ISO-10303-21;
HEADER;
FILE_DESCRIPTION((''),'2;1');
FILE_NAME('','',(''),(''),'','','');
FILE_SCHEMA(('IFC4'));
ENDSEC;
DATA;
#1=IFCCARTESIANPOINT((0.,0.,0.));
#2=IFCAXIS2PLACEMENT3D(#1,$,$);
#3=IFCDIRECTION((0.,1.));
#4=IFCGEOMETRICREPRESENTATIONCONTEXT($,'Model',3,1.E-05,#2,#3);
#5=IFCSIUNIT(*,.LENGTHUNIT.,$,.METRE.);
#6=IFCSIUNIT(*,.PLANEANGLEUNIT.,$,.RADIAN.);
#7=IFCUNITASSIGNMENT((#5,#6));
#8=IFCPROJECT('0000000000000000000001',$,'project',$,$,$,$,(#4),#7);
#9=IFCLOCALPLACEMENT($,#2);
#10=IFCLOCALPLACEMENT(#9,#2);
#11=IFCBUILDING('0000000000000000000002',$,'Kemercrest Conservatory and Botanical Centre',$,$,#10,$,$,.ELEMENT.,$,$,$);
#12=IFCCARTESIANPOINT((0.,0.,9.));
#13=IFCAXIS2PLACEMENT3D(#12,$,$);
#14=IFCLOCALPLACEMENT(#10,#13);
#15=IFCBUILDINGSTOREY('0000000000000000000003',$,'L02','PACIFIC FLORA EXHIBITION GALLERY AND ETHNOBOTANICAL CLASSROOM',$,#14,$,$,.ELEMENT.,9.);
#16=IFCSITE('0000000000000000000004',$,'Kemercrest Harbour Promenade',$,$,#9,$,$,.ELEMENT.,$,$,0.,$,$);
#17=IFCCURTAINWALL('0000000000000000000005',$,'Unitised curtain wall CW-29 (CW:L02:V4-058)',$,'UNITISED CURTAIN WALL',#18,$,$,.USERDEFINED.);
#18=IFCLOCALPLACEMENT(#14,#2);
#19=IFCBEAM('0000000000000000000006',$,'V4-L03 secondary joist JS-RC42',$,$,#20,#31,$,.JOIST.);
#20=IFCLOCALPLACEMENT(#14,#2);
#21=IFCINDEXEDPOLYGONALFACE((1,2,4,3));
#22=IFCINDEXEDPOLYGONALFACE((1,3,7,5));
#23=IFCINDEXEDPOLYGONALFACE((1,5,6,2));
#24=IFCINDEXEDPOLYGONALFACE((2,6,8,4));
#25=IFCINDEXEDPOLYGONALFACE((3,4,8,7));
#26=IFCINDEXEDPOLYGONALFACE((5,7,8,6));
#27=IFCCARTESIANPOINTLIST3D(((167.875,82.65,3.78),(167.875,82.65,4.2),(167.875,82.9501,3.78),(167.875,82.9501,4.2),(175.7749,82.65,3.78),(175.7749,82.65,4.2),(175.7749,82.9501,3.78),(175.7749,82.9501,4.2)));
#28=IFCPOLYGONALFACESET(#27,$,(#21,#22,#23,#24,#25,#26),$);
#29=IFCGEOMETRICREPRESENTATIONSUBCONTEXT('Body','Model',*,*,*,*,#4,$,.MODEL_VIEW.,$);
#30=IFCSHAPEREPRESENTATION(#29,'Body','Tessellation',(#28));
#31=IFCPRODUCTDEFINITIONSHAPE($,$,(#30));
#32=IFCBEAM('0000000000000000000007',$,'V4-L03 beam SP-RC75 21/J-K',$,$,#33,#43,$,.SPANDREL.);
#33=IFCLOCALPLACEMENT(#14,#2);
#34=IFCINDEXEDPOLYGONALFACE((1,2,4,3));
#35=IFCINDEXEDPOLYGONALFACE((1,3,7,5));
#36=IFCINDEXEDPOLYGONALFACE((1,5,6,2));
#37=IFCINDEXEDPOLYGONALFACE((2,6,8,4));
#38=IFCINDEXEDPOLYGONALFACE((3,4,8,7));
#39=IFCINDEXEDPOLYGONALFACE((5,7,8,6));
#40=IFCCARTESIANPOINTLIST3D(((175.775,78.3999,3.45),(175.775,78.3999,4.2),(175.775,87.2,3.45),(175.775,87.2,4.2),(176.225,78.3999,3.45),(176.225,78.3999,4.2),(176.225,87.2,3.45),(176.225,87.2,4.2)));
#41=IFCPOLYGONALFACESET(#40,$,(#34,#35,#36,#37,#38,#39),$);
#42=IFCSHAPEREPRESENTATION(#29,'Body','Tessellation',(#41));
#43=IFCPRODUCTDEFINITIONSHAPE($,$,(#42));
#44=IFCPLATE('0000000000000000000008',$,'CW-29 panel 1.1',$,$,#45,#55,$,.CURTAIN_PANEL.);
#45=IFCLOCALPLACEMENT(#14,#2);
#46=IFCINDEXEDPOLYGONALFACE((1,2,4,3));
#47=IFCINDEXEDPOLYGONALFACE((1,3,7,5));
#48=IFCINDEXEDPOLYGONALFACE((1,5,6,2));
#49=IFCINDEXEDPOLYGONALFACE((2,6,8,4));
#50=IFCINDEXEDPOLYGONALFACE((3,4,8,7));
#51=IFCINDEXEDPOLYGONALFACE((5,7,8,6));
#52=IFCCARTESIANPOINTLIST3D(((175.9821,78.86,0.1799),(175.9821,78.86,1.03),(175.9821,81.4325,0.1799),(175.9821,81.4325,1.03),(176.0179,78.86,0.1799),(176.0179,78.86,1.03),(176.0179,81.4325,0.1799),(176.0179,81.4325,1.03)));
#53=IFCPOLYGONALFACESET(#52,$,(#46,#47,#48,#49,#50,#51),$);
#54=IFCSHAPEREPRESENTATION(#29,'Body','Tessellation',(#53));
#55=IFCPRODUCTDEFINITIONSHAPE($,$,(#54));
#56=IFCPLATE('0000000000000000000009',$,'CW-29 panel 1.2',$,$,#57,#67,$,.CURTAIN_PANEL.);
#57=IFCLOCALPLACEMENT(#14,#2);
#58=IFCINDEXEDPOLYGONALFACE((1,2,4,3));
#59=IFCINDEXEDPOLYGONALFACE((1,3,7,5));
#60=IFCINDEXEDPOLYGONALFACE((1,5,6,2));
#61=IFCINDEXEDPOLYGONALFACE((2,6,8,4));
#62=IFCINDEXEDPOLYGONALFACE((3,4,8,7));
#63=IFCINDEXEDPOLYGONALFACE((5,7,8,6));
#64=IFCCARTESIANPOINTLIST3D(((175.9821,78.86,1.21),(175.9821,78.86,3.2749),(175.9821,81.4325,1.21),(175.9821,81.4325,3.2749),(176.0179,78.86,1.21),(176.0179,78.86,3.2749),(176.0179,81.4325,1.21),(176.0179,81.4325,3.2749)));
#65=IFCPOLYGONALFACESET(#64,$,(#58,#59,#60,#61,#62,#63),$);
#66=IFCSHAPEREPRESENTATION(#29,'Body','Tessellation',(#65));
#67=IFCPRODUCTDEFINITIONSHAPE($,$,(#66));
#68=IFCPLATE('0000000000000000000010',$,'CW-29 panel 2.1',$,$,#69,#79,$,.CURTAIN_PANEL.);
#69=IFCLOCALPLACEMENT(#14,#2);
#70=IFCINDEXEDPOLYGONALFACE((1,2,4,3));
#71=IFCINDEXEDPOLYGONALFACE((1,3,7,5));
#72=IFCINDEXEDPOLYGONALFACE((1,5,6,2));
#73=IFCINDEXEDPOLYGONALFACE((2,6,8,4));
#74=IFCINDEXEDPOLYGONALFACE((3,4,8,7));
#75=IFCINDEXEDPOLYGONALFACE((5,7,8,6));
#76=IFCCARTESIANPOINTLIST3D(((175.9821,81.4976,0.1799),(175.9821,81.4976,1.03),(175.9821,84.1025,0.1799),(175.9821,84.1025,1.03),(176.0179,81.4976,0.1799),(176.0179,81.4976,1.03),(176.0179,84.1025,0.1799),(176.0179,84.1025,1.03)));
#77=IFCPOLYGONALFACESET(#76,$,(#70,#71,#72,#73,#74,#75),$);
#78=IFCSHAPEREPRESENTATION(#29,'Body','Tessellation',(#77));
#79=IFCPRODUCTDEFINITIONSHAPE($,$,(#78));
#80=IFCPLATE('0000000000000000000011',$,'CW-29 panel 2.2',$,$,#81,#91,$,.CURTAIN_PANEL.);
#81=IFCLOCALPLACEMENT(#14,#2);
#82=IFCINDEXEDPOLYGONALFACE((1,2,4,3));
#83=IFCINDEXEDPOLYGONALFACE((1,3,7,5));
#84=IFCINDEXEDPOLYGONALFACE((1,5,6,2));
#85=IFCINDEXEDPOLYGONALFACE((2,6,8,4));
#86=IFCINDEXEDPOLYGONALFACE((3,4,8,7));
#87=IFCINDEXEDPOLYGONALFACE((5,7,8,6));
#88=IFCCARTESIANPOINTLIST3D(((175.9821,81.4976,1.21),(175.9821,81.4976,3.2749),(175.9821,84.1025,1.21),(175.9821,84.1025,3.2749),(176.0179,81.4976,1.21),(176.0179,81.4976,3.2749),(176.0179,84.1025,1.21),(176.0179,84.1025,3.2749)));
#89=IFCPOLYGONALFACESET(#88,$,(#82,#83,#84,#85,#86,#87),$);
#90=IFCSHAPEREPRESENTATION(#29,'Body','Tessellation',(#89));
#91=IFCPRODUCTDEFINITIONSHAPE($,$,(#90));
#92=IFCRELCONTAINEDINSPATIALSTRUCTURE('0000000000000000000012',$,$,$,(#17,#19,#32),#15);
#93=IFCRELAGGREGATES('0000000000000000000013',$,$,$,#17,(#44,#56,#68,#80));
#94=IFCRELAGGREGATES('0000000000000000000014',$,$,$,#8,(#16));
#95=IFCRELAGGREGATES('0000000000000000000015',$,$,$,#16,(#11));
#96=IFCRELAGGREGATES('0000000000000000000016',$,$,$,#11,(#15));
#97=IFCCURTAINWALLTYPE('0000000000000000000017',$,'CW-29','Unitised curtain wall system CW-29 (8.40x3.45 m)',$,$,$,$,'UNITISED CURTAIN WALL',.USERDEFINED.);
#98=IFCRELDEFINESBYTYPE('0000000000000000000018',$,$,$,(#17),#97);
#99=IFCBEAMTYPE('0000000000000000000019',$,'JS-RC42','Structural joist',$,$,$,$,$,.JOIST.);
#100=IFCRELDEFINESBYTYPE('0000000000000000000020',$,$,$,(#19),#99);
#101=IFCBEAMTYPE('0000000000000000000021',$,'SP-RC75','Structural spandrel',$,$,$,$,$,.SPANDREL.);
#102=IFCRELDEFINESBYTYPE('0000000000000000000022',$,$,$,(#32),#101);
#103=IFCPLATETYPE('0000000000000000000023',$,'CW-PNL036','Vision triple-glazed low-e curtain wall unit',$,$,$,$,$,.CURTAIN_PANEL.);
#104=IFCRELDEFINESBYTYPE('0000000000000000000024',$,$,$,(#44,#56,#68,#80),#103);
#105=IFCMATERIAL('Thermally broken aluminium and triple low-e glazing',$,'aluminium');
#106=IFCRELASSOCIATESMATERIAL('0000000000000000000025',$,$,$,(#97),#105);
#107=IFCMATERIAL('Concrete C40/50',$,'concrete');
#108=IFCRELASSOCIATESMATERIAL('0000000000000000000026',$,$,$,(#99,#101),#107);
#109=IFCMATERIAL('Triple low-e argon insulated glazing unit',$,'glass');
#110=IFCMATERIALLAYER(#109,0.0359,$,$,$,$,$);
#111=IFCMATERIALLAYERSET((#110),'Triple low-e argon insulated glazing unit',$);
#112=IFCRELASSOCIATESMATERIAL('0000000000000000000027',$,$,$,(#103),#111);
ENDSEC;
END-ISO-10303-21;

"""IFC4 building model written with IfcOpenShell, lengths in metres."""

from ifc_helpers import new_model, si_unit, direction, frame, origin, origin_2d, place, context, subcontext, project, spatial, rectangle, extrude, material, layer, layer_set, material_profile, profile_set, type_object, element, aggregate, save


model = new_model("IFC4")

# Units and contexts
model_context = context("Model", 3, precision=1e-05, world=origin(), true_north=direction((0.0, 1.0)))
body_context = subcontext(model_context, "Body", "Model", "MODEL_VIEW")
ifc_project = project(units=[si_unit("LENGTHUNIT", "METRE"), si_unit("PLANEANGLEUNIT", "RADIAN")], contexts=[model_context])

# Site, building, storey
site_placement = place(None, origin())
site = spatial("IfcSite", under=ifc_project, at=site_placement, Name="Kemercrest Harbour Promenade", CompositionType="ELEMENT", RefElevation=0.0)
building_placement = place(site_placement, origin())
building = spatial("IfcBuilding", under=site, at=building_placement, Name="Kemercrest Conservatory and Botanical Centre", CompositionType="ELEMENT")
storey_placement = place(building_placement, frame((0.0, 0.0, 9.0)))
storey = spatial("IfcBuildingStorey", under=building, at=storey_placement, Name="L02", Description="PACIFIC FLORA EXHIBITION GALLERY AND ETHNOBOTANICAL CLASSROOM", CompositionType="ELEMENT", Elevation=9.0)

# Curtain wall
ifc_material_1 = material(Name="Thermally broken aluminium and triple low-e glazing", Category="aluminium")
curtain_wall_type = type_object("IfcCurtainWallType", Name="CW-29", Description="Unitised curtain wall system CW-29 (8.40x3.45 m)", ElementType="UNITISED CURTAIN WALL", PredefinedType="USERDEFINED", material=ifc_material_1)
curtain_wall_placement = place(storey_placement, origin())
curtain_wall = element("IfcCurtainWall", 1, at=curtain_wall_placement, inside=storey, type_object=curtain_wall_type, Name="Unitised curtain wall CW-29 (CW:L02:V4-058)", ObjectType="UNITISED CURTAIN WALL", PredefinedType="USERDEFINED")

# Beams
ifc_material_2 = material(Name="Concrete C40/50", Category="concrete")
ifc_material_profile_1 = material_profile(ifc_material_2, rectangle(XDim=0.3, YDim=0.4199, at=origin_2d()), Name="RC 300x420")
ifc_profile_set_1 = profile_set([ifc_material_profile_1], Name="Concrete C40/50")
beam_type_1 = type_object("IfcBeamType", Name="JS-RC42", Description="Structural joist", PredefinedType="JOIST", material=ifc_profile_set_1)
beam_1_placement = place(storey_placement, frame((167.875, 82.8, 3.99), z_axis=(1.0, 0.0, 0.0), x_axis=(0.0, 1.0, 0.0)))
element("IfcBeam", 2, at=beam_1_placement, inside=storey, type_object=beam_type_1, Name="V4-L03 secondary joist JS-RC42", PredefinedType="JOIST", context=body_context, shape_type="SweptSolid", body=[
    extrude(rectangle(XDim=0.3, YDim=0.4199, at=origin_2d()), origin(), (0.0, 0.0, 1.0), 7.8999),
])
ifc_material_profile_2 = material_profile(ifc_material_2, rectangle(XDim=0.45, YDim=0.75, at=origin_2d()), Name="RC 450x750")
ifc_profile_set_2 = profile_set([ifc_material_profile_2], Name="Concrete C40/50")
beam_type_2 = type_object("IfcBeamType", Name="SP-RC75", Description="Structural spandrel", PredefinedType="SPANDREL", material=ifc_profile_set_2)
beam_2_placement = place(storey_placement, frame((176.0, 78.3999, 3.825), z_axis=(0.0, 1.0, 0.0), x_axis=(-1.0, 0.0, 0.0)))
element("IfcBeam", 3, at=beam_2_placement, inside=storey, type_object=beam_type_2, Name="V4-L03 beam SP-RC75 21/J-K", PredefinedType="SPANDREL", context=body_context, shape_type="SweptSolid", body=[
    extrude(rectangle(XDim=0.45, YDim=0.75, at=origin_2d()), origin(), (0.0, 0.0, 1.0), 8.8),
])

# Plates
ifc_material_3 = material(Name="Triple low-e argon insulated glazing unit", Category="glass")
ifc_layer = layer(ifc_material_3, 0.0359)
ifc_layer_set = layer_set([ifc_layer], Name="Triple low-e argon insulated glazing unit")
plate_type = type_object("IfcPlateType", Name="CW-PNL036", Description="Vision triple-glazed low-e curtain wall unit", PredefinedType="CURTAIN_PANEL", material=ifc_layer_set)
plate_1_placement = place(storey_placement, frame((176.0, 80.1462, 0.1799), z_axis=(0.0, 0.0, 1.0), x_axis=(0.0, 1.0, 0.0)))
plate_1 = element("IfcPlate", 4, at=plate_1_placement, type_object=plate_type, Name="CW-29 panel 1.1", PredefinedType="CURTAIN_PANEL", context=body_context, shape_type="SweptSolid", body=[
    extrude(rectangle(XDim=2.5725, YDim=0.0359, at=origin_2d()), origin(), (0.0, 0.0, 1.0), 0.8501),
])
plate_2_placement = place(storey_placement, frame((176.0, 80.1462, 1.21), z_axis=(0.0, 0.0, 1.0), x_axis=(0.0, 1.0, 0.0)))
plate_2 = element("IfcPlate", 5, at=plate_2_placement, type_object=plate_type, Name="CW-29 panel 1.2", PredefinedType="CURTAIN_PANEL", context=body_context, shape_type="SweptSolid", body=[
    extrude(rectangle(XDim=2.5725, YDim=0.0359, at=origin_2d()), origin(), (0.0, 0.0, 1.0), 2.0649),
])
plate_3_placement = place(storey_placement, frame((176.0, 82.8, 0.1799), z_axis=(0.0, 0.0, 1.0), x_axis=(0.0, 1.0, 0.0)))
plate_3 = element("IfcPlate", 6, at=plate_3_placement, type_object=plate_type, Name="CW-29 panel 2.1", PredefinedType="CURTAIN_PANEL", context=body_context, shape_type="SweptSolid", body=[
    extrude(rectangle(XDim=2.605, YDim=0.0359, at=origin_2d()), origin(), (0.0, 0.0, 1.0), 0.8501),
])
plate_4_placement = place(storey_placement, frame((176.0, 82.8, 1.21), z_axis=(0.0, 0.0, 1.0), x_axis=(0.0, 1.0, 0.0)))
plate_4 = element("IfcPlate", 7, at=plate_4_placement, type_object=plate_type, Name="CW-29 panel 2.2", PredefinedType="CURTAIN_PANEL", context=body_context, shape_type="SweptSolid", body=[
    extrude(rectangle(XDim=2.605, YDim=0.0359, at=origin_2d()), origin(), (0.0, 0.0, 1.0), 2.0649),
])
aggregate(curtain_wall, [plate_1, plate_2, plate_3, plate_4])

save(model, "model.ifc")
